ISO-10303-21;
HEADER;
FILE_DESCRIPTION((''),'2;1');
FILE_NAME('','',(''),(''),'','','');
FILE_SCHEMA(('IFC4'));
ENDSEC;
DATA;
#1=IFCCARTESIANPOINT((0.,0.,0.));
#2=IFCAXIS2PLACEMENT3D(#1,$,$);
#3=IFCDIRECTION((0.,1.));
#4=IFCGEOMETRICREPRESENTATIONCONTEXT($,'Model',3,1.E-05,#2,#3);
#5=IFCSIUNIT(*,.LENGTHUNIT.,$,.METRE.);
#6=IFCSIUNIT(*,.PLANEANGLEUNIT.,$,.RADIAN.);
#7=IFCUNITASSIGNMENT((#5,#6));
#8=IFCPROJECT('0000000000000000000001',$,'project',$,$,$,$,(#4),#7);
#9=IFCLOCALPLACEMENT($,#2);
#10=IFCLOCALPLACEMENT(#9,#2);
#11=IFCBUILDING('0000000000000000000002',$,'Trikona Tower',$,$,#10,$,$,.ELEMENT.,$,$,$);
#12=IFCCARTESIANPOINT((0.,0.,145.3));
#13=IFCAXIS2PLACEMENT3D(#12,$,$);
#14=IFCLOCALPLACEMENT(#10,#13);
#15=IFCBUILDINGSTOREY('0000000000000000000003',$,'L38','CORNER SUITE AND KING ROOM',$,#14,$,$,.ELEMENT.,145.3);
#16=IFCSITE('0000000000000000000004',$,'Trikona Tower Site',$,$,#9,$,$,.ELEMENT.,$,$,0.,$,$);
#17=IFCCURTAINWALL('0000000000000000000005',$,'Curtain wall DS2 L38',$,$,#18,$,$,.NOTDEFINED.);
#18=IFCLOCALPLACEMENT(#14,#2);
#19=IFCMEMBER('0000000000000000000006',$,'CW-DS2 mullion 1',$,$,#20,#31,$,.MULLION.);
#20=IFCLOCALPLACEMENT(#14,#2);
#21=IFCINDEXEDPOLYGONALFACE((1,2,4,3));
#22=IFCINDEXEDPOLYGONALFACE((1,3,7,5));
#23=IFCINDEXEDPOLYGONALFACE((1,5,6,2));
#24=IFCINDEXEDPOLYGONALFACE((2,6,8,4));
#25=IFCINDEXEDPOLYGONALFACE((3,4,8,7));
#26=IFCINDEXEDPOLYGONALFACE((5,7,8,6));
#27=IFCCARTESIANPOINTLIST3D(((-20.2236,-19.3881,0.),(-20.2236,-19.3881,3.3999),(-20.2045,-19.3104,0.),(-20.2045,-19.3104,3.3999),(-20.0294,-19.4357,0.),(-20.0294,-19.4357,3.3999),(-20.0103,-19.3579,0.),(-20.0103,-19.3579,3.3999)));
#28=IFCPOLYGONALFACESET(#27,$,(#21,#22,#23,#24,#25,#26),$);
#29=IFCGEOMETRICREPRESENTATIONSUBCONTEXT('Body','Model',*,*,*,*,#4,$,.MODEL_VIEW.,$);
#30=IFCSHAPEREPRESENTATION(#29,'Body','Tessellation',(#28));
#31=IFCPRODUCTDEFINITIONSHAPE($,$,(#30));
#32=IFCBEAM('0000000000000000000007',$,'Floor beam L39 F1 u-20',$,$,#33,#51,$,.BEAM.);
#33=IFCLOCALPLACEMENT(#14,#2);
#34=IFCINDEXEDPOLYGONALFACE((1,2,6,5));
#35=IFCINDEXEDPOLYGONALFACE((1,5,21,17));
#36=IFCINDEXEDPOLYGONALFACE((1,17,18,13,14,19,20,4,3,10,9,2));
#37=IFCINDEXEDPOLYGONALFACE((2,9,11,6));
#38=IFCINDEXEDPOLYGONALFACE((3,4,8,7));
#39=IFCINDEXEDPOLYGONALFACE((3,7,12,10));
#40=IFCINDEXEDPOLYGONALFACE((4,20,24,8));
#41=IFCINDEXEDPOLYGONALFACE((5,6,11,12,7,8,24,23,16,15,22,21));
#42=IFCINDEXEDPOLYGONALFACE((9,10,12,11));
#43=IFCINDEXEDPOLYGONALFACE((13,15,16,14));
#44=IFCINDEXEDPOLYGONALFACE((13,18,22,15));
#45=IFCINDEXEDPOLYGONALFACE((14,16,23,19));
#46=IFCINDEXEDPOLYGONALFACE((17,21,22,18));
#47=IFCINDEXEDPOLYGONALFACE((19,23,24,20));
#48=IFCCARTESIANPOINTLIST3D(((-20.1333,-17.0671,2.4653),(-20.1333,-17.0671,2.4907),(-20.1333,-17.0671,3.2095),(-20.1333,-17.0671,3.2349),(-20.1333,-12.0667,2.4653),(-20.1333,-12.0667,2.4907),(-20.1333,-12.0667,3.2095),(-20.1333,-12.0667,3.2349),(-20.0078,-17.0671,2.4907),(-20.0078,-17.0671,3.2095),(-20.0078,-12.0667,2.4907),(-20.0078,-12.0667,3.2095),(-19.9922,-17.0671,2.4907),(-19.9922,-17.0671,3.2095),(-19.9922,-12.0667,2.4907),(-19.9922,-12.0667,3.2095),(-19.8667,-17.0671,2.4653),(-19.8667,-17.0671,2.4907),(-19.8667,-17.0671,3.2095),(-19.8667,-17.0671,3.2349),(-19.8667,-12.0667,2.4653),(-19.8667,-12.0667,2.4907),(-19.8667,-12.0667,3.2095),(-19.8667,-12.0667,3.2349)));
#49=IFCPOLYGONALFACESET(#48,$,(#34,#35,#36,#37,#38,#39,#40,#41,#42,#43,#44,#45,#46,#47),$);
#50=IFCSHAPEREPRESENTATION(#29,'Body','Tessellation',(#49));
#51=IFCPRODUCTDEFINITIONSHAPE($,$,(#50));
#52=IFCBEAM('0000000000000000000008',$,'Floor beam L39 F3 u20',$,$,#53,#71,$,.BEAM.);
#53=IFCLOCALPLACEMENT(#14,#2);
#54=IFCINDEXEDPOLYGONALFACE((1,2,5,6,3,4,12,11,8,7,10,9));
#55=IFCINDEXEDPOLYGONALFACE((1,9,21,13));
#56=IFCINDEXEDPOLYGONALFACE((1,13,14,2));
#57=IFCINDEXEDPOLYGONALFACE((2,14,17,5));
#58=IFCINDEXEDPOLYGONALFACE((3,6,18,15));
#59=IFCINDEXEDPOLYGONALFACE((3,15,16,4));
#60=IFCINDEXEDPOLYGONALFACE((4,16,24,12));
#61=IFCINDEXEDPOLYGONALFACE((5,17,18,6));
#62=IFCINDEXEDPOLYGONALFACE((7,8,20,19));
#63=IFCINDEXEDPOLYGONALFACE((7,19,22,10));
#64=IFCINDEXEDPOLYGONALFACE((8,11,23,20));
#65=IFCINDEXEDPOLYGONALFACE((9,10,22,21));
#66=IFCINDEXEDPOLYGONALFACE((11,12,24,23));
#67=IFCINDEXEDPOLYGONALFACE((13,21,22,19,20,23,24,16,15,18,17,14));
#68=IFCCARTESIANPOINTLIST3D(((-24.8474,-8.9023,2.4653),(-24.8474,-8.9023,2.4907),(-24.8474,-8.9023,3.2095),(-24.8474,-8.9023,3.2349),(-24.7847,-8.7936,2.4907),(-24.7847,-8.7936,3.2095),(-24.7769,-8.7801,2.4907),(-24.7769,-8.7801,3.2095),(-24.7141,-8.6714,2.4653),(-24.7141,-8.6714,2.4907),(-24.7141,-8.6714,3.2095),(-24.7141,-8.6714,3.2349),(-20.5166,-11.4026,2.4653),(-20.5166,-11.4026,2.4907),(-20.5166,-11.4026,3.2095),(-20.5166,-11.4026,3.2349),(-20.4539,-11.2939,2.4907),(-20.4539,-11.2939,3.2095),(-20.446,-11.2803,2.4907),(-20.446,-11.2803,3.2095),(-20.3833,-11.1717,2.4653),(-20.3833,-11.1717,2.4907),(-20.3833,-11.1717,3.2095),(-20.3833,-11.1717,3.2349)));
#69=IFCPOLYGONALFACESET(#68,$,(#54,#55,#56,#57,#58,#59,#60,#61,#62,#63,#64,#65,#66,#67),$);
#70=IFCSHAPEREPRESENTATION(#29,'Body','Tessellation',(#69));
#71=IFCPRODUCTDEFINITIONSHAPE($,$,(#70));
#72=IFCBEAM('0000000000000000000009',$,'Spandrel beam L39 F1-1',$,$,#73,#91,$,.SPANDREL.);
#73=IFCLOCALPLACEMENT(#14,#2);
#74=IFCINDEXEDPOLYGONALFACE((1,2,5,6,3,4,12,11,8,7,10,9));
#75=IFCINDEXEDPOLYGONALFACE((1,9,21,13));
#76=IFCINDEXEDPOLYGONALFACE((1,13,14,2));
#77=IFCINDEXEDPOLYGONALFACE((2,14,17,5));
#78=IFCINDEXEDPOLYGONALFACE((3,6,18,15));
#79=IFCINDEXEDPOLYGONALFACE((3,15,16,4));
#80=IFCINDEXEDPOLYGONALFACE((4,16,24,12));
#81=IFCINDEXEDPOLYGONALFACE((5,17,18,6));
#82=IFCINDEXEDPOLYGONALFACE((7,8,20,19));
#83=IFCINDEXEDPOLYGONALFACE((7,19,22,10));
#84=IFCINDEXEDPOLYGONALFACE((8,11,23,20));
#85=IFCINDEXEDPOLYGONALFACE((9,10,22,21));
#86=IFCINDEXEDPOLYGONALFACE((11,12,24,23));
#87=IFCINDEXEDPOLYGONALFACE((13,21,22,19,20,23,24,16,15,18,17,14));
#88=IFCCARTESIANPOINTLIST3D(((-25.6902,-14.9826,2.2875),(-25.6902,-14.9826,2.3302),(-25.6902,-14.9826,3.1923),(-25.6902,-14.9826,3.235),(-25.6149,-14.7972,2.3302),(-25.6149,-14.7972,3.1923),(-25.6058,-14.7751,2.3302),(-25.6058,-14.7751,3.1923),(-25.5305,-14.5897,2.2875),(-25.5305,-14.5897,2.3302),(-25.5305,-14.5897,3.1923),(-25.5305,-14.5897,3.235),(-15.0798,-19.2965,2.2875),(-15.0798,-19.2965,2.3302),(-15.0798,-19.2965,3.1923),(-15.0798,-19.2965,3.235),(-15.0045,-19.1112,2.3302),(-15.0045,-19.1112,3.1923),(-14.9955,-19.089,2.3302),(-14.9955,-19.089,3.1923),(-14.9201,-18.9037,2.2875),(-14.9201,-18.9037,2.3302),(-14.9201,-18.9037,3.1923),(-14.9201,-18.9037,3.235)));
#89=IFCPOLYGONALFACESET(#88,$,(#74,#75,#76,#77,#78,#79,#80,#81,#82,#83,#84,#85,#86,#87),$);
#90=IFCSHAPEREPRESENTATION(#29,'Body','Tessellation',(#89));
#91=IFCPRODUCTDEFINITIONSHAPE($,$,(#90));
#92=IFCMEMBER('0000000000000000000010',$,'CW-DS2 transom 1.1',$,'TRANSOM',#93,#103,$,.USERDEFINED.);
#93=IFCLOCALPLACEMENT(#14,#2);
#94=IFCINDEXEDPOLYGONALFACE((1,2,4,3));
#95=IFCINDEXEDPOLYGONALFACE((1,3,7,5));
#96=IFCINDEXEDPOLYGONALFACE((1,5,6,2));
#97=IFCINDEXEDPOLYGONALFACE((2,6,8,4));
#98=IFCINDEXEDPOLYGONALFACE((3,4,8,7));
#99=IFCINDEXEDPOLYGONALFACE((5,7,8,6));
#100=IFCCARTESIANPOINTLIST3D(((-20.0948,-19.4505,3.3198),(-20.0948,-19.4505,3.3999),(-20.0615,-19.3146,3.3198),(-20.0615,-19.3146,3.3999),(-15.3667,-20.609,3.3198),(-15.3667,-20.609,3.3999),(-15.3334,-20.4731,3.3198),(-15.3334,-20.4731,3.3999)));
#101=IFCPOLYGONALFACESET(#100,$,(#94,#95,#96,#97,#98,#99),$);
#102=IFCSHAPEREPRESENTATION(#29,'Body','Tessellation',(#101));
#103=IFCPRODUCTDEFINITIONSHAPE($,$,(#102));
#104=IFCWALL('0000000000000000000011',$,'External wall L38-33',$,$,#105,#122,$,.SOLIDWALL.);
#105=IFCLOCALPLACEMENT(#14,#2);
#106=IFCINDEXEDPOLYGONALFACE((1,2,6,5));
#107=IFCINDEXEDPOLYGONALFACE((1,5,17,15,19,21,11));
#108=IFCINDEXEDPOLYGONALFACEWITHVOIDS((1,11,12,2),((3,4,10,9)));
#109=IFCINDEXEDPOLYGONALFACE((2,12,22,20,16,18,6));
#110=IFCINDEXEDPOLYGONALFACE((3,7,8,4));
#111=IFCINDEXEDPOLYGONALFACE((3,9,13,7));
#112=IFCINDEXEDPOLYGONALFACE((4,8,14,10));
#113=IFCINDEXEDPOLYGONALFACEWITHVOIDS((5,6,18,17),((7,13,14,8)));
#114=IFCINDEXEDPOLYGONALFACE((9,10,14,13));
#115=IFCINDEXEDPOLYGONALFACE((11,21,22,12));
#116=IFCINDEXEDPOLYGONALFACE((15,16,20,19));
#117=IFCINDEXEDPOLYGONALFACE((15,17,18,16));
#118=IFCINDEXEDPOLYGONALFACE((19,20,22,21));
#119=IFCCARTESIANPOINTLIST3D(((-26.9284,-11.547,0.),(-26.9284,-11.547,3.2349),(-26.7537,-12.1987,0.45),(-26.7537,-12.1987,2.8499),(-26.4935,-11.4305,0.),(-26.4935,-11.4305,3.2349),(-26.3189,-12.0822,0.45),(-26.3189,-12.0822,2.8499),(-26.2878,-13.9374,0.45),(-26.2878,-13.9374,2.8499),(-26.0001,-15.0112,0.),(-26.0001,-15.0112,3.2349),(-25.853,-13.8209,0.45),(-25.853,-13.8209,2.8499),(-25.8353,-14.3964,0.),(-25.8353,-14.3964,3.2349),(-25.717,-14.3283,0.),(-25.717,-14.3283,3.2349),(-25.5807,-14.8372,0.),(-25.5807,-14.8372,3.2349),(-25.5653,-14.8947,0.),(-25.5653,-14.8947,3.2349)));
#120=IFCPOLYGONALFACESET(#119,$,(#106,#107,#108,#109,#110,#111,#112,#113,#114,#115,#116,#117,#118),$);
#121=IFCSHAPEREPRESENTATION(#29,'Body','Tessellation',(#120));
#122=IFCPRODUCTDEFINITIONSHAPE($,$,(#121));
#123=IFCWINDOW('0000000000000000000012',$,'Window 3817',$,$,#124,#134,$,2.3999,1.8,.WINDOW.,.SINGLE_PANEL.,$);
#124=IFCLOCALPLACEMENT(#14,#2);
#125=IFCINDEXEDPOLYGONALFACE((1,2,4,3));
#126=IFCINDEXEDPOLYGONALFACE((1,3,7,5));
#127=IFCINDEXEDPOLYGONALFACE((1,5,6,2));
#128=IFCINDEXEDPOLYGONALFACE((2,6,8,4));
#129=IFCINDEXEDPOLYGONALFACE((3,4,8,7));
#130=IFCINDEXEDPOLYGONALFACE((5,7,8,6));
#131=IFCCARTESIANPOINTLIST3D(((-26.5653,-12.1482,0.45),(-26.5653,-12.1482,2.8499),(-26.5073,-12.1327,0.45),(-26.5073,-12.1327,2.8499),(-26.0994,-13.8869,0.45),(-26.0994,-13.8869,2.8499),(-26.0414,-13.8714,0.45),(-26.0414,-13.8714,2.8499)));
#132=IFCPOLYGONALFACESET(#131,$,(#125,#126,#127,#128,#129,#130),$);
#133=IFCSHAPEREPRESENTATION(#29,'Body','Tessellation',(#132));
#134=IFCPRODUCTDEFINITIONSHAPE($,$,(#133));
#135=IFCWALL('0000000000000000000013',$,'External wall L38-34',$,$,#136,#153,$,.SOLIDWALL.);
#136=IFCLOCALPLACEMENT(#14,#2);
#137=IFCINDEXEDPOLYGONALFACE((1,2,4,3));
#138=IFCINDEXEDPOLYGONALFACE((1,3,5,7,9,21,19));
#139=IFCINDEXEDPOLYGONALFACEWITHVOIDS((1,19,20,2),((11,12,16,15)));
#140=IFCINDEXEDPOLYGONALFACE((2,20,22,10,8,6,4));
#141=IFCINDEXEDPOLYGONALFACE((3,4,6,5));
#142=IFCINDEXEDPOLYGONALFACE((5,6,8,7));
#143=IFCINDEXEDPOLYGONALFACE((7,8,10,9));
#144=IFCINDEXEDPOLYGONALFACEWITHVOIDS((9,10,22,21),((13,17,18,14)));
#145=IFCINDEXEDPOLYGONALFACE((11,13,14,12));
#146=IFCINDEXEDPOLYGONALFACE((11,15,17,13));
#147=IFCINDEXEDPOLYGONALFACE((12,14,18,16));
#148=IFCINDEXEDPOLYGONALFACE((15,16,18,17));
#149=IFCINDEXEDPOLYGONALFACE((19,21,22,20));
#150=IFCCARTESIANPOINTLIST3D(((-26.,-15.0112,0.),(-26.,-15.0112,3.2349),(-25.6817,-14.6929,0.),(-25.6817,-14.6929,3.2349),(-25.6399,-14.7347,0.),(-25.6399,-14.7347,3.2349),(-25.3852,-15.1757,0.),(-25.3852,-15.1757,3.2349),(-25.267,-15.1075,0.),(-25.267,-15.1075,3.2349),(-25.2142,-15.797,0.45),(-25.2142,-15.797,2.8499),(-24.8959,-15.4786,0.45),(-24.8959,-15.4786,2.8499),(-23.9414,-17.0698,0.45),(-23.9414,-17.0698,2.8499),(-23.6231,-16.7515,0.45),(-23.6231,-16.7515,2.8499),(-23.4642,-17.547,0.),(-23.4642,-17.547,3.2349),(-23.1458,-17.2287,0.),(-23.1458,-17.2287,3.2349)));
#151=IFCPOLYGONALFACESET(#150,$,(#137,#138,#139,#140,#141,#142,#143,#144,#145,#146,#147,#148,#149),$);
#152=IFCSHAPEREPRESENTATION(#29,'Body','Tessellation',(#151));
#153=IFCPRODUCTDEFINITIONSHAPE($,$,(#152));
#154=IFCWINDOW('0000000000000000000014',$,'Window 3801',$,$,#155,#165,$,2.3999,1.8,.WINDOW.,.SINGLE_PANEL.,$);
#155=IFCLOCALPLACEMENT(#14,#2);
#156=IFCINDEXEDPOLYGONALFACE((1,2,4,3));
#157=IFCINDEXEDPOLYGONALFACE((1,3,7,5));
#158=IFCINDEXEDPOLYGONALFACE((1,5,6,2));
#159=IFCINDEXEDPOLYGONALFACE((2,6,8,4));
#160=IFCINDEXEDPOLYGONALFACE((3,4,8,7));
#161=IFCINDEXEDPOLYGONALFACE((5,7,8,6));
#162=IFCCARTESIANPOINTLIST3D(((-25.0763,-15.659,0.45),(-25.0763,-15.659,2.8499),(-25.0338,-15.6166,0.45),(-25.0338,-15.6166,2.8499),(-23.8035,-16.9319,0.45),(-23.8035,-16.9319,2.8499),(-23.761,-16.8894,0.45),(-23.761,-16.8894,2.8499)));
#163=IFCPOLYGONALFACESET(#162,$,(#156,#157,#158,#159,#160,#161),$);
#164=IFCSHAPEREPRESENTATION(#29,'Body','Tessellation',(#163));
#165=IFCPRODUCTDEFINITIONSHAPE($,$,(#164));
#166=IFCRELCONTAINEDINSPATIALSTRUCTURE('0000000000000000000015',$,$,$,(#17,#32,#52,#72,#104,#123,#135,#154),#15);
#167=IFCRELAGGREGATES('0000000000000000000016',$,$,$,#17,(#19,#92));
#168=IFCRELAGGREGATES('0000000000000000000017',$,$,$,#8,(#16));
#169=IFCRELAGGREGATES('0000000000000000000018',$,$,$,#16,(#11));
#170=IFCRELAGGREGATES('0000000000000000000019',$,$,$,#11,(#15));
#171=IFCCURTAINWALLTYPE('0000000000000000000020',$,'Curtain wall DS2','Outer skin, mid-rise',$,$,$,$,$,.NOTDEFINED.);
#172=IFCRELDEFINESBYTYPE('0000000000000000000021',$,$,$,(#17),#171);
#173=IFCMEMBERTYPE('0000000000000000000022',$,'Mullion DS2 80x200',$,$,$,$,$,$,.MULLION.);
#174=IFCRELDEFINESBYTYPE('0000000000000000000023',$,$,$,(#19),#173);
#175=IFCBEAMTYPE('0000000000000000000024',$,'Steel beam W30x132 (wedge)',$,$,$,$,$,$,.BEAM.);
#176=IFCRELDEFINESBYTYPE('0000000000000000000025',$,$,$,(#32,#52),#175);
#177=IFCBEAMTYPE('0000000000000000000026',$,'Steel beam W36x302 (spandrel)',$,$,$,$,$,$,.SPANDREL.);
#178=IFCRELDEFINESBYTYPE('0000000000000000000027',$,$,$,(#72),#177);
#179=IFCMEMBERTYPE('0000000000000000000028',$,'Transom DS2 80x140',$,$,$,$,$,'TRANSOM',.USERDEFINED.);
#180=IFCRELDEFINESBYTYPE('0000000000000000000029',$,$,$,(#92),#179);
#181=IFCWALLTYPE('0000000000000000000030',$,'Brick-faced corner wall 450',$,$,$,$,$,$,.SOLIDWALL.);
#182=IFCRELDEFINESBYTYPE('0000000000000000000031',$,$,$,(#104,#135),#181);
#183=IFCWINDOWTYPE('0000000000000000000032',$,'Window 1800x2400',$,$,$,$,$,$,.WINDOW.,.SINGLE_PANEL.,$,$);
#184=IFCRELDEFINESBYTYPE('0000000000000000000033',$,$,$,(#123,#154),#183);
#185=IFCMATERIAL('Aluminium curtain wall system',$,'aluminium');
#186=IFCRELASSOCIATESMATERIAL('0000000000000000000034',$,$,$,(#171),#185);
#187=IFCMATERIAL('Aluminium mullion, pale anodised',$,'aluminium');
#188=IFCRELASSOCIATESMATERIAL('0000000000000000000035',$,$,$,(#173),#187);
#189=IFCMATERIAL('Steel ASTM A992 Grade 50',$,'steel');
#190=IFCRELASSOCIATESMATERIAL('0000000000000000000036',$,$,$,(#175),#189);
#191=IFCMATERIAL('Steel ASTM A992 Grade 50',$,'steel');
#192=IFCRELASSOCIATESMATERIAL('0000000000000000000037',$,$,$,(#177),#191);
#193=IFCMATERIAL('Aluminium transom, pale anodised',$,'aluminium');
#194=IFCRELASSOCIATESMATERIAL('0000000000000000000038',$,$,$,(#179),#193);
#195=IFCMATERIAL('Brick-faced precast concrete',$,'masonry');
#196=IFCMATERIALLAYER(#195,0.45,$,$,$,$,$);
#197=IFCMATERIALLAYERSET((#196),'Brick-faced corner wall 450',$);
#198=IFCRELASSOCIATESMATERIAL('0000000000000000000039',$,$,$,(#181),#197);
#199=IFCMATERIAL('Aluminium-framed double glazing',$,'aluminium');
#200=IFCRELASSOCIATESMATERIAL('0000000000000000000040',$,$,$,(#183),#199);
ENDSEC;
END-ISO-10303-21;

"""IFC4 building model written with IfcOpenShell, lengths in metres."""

from ifc_helpers import new_model, si_unit, direction, frame, frame_2d, origin, origin_2d, place, context, subcontext, project, spatial, polyline, rectangle, i_section, outline, extrude, material, layer, layer_set, material_profile, profile_set, type_object, element, fill, aggregate, save


model = new_model("IFC4")

# Units and contexts
model_context = context("Model", 3, precision=1e-05, world=origin(), true_north=direction((0.0, 1.0)))
body_context = subcontext(model_context, "Body", "Model", "MODEL_VIEW")
ifc_project = project(units=[si_unit("LENGTHUNIT", "METRE"), si_unit("PLANEANGLEUNIT", "RADIAN")], contexts=[model_context])

# Site, building, storey
site_placement = place(None, origin())
site = spatial("IfcSite", under=ifc_project, at=site_placement, Name="Trikona Tower Site", CompositionType="ELEMENT", RefElevation=0.0)
building_placement = place(site_placement, origin())
building = spatial("IfcBuilding", under=site, at=building_placement, Name="Trikona Tower", CompositionType="ELEMENT")
storey_placement = place(building_placement, frame((0.0, 0.0, 145.3)))
storey = spatial("IfcBuildingStorey", under=building, at=storey_placement, Name="L38", Description="CORNER SUITE AND KING ROOM", CompositionType="ELEMENT", Elevation=145.3)

# Curtain wall, member
ifc_material_1 = material(Name="Aluminium curtain wall system", Category="aluminium")
curtain_wall_type = type_object("IfcCurtainWallType", Name="Curtain wall DS2", Description="Outer skin, mid-rise", PredefinedType="NOTDEFINED", material=ifc_material_1)
curtain_wall_placement = place(storey_placement, origin())
curtain_wall = element("IfcCurtainWall", 1, at=curtain_wall_placement, inside=storey, type_object=curtain_wall_type, Name="Curtain wall DS2 L38", PredefinedType="NOTDEFINED")
ifc_material_2 = material(Name="Aluminium mullion, pale anodised", Category="aluminium")
ifc_material_profile_1 = material_profile(ifc_material_2, rectangle(XDim=0.0801, YDim=0.2, at=origin_2d()), Name="MUL-DS2")
ifc_profile_set_1 = profile_set([ifc_material_profile_1], Name="Aluminium mullion, pale anodised")
member_type_1 = type_object("IfcMemberType", Name="Mullion DS2 80x200", PredefinedType="MULLION", material=ifc_profile_set_1)
member_1_placement = place(storey_placement, frame((-20.1169, -19.373, 0.0), z_axis=(0.0, 0.0, 1.0), x_axis=(0.23797, 0.971272, 0.0)))
member_1 = element("IfcMember", 2, at=member_1_placement, type_object=member_type_1, Name="CW-DS2 mullion 1", PredefinedType="MULLION", context=body_context, shape_type="SweptSolid", body=[
    extrude(rectangle(XDim=0.0801, YDim=0.2, at=origin_2d()), origin(), (0.0, 0.0, 1.0), 3.3999),
])

# Beams
ifc_material_3 = material(Name="Steel ASTM A992 Grade 50", Category="steel")
ifc_material_profile_2 = material_profile(ifc_material_3, i_section(OverallWidth=0.2666, OverallDepth=0.7695, WebThickness=0.0156, FlangeThickness=0.0254, at=origin_2d()), Name="W30X132")
ifc_profile_set_2 = profile_set([ifc_material_profile_2], Name="Steel ASTM A992 Grade 50")
beam_type_1 = type_object("IfcBeamType", Name="Steel beam W30x132 (wedge)", PredefinedType="BEAM", material=ifc_profile_set_2)
beam_1_placement = place(storey_placement, frame((-20.0, -12.0667, 2.8501), z_axis=(0.0, -1.0, 0.0), x_axis=(1.0, 0.0, 0.0)))
element("IfcBeam", 3, at=beam_1_placement, inside=storey, type_object=beam_type_1, Name="Floor beam L39 F1 u-20", PredefinedType="BEAM", context=body_context, shape_type="SweptSolid", body=[
    extrude(i_section(OverallWidth=0.2666, OverallDepth=0.7695, WebThickness=0.0156, FlangeThickness=0.0254, at=origin_2d()), origin(), (0.0, 0.0, 1.0), 5.0005),
])
beam_2_placement = place(storey_placement, frame((-20.45, -11.2871, 2.8501), z_axis=(-0.866038, 0.499977, 0.0), x_axis=(-0.499977, -0.866038, 0.0)))
element("IfcBeam", 4, at=beam_2_placement, inside=storey, type_object=beam_type_1, Name="Floor beam L39 F3 u20", PredefinedType="BEAM", context=body_context, shape_type="SweptSolid", body=[
    extrude(i_section(OverallWidth=0.2666, OverallDepth=0.7695, WebThickness=0.0156, FlangeThickness=0.0254, at=origin_2d()), origin(), (0.0, 0.0, 1.0), 5.0007),
])
ifc_material_4 = material(Name="Steel ASTM A992 Grade 50", Category="steel")
ifc_material_profile_3 = material_profile(ifc_material_4, i_section(OverallWidth=0.4241, OverallDepth=0.9475, WebThickness=0.0239, FlangeThickness=0.0427, at=origin_2d()), Name="W36X302")
ifc_profile_set_3 = profile_set([ifc_material_profile_3], Name="Steel ASTM A992 Grade 50")
beam_type_2 = type_object("IfcBeamType", Name="Steel beam W36x302 (spandrel)", PredefinedType="SPANDREL", material=ifc_profile_set_3)
beam_3_placement = place(storey_placement, frame((-25.6104, -14.7861, 2.7612), z_axis=(0.92636, -0.37664, 0.0), x_axis=(0.37664, 0.92636, 0.0)))
element("IfcBeam", 5, at=beam_3_placement, inside=storey, type_object=beam_type_2, Name="Spandrel beam L39 F1-1", PredefinedType="SPANDREL", context=body_context, shape_type="SweptSolid", body=[
    extrude(i_section(OverallWidth=0.4241, OverallDepth=0.9475, WebThickness=0.0239, FlangeThickness=0.0427, at=origin_2d()), origin(), (0.0, 0.0, 1.0), 11.4539),
])

# Member
ifc_material_5 = material(Name="Aluminium transom, pale anodised", Category="aluminium")
ifc_material_profile_4 = material_profile(ifc_material_5, rectangle(XDim=0.1399, YDim=0.0801, at=origin_2d()), Name="TRN-DS2")
ifc_profile_set_4 = profile_set([ifc_material_profile_4], Name="Aluminium transom, pale anodised")
member_type_2 = type_object("IfcMemberType", Name="Transom DS2 80x140", ElementType="TRANSOM", PredefinedType="USERDEFINED", material=ifc_profile_set_4)
member_2_placement = place(storey_placement, frame((-20.0781, -19.3826, 3.3599), z_axis=(0.971271, -0.237978, 0.0), x_axis=(0.237978, 0.971271, 0.0)))
member_2 = element("IfcMember", 6, at=member_2_placement, type_object=member_type_2, Name="CW-DS2 transom 1.1", ObjectType="TRANSOM", PredefinedType="USERDEFINED", context=body_context, shape_type="SweptSolid", body=[
    extrude(rectangle(XDim=0.1399, YDim=0.0801, at=origin_2d()), origin(), (0.0, 0.0, 1.0), 4.8679),
])
aggregate(curtain_wall, [member_1, member_2])

# Walls, openings, windows
ifc_material_6 = material(Name="Brick-faced precast concrete", Category="masonry")
ifc_layer_1 = layer(ifc_material_6, 0.45)
ifc_layer_set_1 = layer_set([ifc_layer_1], Name="Brick-faced corner wall 450")
wall_type_1 = type_object("IfcWallType", Name="Brick-faced corner wall 450", PredefinedType="SOLIDWALL", material=ifc_layer_set_1)
wall_1_placement = place(storey_placement, frame((-26.7109, -11.4888, 0.0), z_axis=(0.0, 0.0, 1.0), x_axis=(0.258823, -0.965925, 0.0)))
wall_1 = element("IfcWall", 7, at=wall_1_placement, inside=storey, type_object=wall_type_1, Name="External wall L38-33", PredefinedType="SOLIDWALL", context=body_context, shape_type="SweptSolid", body=[
    extrude(outline(polyline([(3.5864, 0.2251), (3.5269, 0.2251), (3.0352, 0.0933), (3.0, 0.2251), (0.0, 0.2251), (0.0, -0.2251), (3.5864, -0.2251), (3.5864, 0.2251)])), origin(), (0.0, 0.0, 1.0), 3.2349),
])
opening_1_placement = place(wall_1_placement, frame((0.6748, 0.0, 0.45)))
opening_1 = element("IfcOpeningElement", 8, at=opening_1_placement, cuts=wall_1, PredefinedType="OPENING", context=body_context, shape_type="SweptSolid", body=[
    extrude(rectangle(XDim=1.8, YDim=2.3999, at=frame_2d((0.8999, 1.2))), frame((0.0, 0.2349, 0.0), z_axis=(0.0, -1.0, 0.0), x_axis=(1.0, 0.0, 0.0)), (0.0, 0.0, 1.0), 0.47),
])
ifc_material_7 = material(Name="Aluminium-framed double glazing", Category="aluminium")
window_type_1 = type_object("IfcWindowType", Name="Window 1800x2400", PartitioningType="SINGLE_PANEL", PredefinedType="WINDOW", material=ifc_material_7)
window_1_placement = place(opening_1_placement, origin())
window_1 = element("IfcWindow", 9, at=window_1_placement, inside=storey, type_object=window_type_1, Name="Window 3817", OverallHeight=2.3999, OverallWidth=1.8, PartitioningType="SINGLE_PANEL", PredefinedType="WINDOW", context=body_context, shape_type="SweptSolid", body=[
    extrude(rectangle(XDim=1.8, YDim=2.3999, at=frame_2d((0.8999, 1.2))), frame((0.0, 0.03, 0.0), z_axis=(0.0, -1.0, 0.0), x_axis=(1.0, 0.0, 0.0)), (0.0, 0.0, 1.0), 0.0601),
])
fill(opening_1, window_1)
wall_2_placement = place(storey_placement, frame((-25.8408, -14.8521, 0.0), z_axis=(0.0, 0.0, 1.0), x_axis=(0.707107, -0.707107, 0.0)))
wall_2 = element("IfcWall", 10, at=wall_2_placement, inside=storey, type_object=wall_type_1, Name="External wall L38-34", PredefinedType="SOLIDWALL", context=body_context, shape_type="SweptSolid", body=[
    extrude(outline(polyline([(3.5862, 0.2251), (0.5864, 0.2251), (0.551, 0.0933), (0.0591, 0.2251), (0.0, 0.2251), (0.0, -0.2251), (3.5862, -0.2251), (3.5862, 0.2251)])), origin(), (0.0, 0.0, 1.0), 3.2349),
])
opening_2_placement = place(wall_2_placement, frame((1.1113, 0.0, 0.45)))
opening_2 = element("IfcOpeningElement", 11, at=opening_2_placement, cuts=wall_2, PredefinedType="OPENING", context=body_context, shape_type="SweptSolid", body=[
    extrude(rectangle(XDim=1.8, YDim=2.3999, at=frame_2d((0.8999, 1.2))), frame((0.0, 0.2349, 0.0), z_axis=(0.0, -1.0, 0.0), x_axis=(1.0, 0.0, 0.0)), (0.0, 0.0, 1.0), 0.47),
])
window_2_placement = place(opening_2_placement, origin())
window_2 = element("IfcWindow", 12, at=window_2_placement, inside=storey, type_object=window_type_1, Name="Window 3801", OverallHeight=2.3999, OverallWidth=1.8, PartitioningType="SINGLE_PANEL", PredefinedType="WINDOW", context=body_context, shape_type="SweptSolid", body=[
    extrude(rectangle(XDim=1.8, YDim=2.3999, at=frame_2d((0.8999, 1.2))), frame((0.0, 0.03, 0.0), z_axis=(0.0, -1.0, 0.0), x_axis=(1.0, 0.0, 0.0)), (0.0, 0.0, 1.0), 0.0601),
])
fill(opening_2, window_2)

save(model, "model.ifc")
